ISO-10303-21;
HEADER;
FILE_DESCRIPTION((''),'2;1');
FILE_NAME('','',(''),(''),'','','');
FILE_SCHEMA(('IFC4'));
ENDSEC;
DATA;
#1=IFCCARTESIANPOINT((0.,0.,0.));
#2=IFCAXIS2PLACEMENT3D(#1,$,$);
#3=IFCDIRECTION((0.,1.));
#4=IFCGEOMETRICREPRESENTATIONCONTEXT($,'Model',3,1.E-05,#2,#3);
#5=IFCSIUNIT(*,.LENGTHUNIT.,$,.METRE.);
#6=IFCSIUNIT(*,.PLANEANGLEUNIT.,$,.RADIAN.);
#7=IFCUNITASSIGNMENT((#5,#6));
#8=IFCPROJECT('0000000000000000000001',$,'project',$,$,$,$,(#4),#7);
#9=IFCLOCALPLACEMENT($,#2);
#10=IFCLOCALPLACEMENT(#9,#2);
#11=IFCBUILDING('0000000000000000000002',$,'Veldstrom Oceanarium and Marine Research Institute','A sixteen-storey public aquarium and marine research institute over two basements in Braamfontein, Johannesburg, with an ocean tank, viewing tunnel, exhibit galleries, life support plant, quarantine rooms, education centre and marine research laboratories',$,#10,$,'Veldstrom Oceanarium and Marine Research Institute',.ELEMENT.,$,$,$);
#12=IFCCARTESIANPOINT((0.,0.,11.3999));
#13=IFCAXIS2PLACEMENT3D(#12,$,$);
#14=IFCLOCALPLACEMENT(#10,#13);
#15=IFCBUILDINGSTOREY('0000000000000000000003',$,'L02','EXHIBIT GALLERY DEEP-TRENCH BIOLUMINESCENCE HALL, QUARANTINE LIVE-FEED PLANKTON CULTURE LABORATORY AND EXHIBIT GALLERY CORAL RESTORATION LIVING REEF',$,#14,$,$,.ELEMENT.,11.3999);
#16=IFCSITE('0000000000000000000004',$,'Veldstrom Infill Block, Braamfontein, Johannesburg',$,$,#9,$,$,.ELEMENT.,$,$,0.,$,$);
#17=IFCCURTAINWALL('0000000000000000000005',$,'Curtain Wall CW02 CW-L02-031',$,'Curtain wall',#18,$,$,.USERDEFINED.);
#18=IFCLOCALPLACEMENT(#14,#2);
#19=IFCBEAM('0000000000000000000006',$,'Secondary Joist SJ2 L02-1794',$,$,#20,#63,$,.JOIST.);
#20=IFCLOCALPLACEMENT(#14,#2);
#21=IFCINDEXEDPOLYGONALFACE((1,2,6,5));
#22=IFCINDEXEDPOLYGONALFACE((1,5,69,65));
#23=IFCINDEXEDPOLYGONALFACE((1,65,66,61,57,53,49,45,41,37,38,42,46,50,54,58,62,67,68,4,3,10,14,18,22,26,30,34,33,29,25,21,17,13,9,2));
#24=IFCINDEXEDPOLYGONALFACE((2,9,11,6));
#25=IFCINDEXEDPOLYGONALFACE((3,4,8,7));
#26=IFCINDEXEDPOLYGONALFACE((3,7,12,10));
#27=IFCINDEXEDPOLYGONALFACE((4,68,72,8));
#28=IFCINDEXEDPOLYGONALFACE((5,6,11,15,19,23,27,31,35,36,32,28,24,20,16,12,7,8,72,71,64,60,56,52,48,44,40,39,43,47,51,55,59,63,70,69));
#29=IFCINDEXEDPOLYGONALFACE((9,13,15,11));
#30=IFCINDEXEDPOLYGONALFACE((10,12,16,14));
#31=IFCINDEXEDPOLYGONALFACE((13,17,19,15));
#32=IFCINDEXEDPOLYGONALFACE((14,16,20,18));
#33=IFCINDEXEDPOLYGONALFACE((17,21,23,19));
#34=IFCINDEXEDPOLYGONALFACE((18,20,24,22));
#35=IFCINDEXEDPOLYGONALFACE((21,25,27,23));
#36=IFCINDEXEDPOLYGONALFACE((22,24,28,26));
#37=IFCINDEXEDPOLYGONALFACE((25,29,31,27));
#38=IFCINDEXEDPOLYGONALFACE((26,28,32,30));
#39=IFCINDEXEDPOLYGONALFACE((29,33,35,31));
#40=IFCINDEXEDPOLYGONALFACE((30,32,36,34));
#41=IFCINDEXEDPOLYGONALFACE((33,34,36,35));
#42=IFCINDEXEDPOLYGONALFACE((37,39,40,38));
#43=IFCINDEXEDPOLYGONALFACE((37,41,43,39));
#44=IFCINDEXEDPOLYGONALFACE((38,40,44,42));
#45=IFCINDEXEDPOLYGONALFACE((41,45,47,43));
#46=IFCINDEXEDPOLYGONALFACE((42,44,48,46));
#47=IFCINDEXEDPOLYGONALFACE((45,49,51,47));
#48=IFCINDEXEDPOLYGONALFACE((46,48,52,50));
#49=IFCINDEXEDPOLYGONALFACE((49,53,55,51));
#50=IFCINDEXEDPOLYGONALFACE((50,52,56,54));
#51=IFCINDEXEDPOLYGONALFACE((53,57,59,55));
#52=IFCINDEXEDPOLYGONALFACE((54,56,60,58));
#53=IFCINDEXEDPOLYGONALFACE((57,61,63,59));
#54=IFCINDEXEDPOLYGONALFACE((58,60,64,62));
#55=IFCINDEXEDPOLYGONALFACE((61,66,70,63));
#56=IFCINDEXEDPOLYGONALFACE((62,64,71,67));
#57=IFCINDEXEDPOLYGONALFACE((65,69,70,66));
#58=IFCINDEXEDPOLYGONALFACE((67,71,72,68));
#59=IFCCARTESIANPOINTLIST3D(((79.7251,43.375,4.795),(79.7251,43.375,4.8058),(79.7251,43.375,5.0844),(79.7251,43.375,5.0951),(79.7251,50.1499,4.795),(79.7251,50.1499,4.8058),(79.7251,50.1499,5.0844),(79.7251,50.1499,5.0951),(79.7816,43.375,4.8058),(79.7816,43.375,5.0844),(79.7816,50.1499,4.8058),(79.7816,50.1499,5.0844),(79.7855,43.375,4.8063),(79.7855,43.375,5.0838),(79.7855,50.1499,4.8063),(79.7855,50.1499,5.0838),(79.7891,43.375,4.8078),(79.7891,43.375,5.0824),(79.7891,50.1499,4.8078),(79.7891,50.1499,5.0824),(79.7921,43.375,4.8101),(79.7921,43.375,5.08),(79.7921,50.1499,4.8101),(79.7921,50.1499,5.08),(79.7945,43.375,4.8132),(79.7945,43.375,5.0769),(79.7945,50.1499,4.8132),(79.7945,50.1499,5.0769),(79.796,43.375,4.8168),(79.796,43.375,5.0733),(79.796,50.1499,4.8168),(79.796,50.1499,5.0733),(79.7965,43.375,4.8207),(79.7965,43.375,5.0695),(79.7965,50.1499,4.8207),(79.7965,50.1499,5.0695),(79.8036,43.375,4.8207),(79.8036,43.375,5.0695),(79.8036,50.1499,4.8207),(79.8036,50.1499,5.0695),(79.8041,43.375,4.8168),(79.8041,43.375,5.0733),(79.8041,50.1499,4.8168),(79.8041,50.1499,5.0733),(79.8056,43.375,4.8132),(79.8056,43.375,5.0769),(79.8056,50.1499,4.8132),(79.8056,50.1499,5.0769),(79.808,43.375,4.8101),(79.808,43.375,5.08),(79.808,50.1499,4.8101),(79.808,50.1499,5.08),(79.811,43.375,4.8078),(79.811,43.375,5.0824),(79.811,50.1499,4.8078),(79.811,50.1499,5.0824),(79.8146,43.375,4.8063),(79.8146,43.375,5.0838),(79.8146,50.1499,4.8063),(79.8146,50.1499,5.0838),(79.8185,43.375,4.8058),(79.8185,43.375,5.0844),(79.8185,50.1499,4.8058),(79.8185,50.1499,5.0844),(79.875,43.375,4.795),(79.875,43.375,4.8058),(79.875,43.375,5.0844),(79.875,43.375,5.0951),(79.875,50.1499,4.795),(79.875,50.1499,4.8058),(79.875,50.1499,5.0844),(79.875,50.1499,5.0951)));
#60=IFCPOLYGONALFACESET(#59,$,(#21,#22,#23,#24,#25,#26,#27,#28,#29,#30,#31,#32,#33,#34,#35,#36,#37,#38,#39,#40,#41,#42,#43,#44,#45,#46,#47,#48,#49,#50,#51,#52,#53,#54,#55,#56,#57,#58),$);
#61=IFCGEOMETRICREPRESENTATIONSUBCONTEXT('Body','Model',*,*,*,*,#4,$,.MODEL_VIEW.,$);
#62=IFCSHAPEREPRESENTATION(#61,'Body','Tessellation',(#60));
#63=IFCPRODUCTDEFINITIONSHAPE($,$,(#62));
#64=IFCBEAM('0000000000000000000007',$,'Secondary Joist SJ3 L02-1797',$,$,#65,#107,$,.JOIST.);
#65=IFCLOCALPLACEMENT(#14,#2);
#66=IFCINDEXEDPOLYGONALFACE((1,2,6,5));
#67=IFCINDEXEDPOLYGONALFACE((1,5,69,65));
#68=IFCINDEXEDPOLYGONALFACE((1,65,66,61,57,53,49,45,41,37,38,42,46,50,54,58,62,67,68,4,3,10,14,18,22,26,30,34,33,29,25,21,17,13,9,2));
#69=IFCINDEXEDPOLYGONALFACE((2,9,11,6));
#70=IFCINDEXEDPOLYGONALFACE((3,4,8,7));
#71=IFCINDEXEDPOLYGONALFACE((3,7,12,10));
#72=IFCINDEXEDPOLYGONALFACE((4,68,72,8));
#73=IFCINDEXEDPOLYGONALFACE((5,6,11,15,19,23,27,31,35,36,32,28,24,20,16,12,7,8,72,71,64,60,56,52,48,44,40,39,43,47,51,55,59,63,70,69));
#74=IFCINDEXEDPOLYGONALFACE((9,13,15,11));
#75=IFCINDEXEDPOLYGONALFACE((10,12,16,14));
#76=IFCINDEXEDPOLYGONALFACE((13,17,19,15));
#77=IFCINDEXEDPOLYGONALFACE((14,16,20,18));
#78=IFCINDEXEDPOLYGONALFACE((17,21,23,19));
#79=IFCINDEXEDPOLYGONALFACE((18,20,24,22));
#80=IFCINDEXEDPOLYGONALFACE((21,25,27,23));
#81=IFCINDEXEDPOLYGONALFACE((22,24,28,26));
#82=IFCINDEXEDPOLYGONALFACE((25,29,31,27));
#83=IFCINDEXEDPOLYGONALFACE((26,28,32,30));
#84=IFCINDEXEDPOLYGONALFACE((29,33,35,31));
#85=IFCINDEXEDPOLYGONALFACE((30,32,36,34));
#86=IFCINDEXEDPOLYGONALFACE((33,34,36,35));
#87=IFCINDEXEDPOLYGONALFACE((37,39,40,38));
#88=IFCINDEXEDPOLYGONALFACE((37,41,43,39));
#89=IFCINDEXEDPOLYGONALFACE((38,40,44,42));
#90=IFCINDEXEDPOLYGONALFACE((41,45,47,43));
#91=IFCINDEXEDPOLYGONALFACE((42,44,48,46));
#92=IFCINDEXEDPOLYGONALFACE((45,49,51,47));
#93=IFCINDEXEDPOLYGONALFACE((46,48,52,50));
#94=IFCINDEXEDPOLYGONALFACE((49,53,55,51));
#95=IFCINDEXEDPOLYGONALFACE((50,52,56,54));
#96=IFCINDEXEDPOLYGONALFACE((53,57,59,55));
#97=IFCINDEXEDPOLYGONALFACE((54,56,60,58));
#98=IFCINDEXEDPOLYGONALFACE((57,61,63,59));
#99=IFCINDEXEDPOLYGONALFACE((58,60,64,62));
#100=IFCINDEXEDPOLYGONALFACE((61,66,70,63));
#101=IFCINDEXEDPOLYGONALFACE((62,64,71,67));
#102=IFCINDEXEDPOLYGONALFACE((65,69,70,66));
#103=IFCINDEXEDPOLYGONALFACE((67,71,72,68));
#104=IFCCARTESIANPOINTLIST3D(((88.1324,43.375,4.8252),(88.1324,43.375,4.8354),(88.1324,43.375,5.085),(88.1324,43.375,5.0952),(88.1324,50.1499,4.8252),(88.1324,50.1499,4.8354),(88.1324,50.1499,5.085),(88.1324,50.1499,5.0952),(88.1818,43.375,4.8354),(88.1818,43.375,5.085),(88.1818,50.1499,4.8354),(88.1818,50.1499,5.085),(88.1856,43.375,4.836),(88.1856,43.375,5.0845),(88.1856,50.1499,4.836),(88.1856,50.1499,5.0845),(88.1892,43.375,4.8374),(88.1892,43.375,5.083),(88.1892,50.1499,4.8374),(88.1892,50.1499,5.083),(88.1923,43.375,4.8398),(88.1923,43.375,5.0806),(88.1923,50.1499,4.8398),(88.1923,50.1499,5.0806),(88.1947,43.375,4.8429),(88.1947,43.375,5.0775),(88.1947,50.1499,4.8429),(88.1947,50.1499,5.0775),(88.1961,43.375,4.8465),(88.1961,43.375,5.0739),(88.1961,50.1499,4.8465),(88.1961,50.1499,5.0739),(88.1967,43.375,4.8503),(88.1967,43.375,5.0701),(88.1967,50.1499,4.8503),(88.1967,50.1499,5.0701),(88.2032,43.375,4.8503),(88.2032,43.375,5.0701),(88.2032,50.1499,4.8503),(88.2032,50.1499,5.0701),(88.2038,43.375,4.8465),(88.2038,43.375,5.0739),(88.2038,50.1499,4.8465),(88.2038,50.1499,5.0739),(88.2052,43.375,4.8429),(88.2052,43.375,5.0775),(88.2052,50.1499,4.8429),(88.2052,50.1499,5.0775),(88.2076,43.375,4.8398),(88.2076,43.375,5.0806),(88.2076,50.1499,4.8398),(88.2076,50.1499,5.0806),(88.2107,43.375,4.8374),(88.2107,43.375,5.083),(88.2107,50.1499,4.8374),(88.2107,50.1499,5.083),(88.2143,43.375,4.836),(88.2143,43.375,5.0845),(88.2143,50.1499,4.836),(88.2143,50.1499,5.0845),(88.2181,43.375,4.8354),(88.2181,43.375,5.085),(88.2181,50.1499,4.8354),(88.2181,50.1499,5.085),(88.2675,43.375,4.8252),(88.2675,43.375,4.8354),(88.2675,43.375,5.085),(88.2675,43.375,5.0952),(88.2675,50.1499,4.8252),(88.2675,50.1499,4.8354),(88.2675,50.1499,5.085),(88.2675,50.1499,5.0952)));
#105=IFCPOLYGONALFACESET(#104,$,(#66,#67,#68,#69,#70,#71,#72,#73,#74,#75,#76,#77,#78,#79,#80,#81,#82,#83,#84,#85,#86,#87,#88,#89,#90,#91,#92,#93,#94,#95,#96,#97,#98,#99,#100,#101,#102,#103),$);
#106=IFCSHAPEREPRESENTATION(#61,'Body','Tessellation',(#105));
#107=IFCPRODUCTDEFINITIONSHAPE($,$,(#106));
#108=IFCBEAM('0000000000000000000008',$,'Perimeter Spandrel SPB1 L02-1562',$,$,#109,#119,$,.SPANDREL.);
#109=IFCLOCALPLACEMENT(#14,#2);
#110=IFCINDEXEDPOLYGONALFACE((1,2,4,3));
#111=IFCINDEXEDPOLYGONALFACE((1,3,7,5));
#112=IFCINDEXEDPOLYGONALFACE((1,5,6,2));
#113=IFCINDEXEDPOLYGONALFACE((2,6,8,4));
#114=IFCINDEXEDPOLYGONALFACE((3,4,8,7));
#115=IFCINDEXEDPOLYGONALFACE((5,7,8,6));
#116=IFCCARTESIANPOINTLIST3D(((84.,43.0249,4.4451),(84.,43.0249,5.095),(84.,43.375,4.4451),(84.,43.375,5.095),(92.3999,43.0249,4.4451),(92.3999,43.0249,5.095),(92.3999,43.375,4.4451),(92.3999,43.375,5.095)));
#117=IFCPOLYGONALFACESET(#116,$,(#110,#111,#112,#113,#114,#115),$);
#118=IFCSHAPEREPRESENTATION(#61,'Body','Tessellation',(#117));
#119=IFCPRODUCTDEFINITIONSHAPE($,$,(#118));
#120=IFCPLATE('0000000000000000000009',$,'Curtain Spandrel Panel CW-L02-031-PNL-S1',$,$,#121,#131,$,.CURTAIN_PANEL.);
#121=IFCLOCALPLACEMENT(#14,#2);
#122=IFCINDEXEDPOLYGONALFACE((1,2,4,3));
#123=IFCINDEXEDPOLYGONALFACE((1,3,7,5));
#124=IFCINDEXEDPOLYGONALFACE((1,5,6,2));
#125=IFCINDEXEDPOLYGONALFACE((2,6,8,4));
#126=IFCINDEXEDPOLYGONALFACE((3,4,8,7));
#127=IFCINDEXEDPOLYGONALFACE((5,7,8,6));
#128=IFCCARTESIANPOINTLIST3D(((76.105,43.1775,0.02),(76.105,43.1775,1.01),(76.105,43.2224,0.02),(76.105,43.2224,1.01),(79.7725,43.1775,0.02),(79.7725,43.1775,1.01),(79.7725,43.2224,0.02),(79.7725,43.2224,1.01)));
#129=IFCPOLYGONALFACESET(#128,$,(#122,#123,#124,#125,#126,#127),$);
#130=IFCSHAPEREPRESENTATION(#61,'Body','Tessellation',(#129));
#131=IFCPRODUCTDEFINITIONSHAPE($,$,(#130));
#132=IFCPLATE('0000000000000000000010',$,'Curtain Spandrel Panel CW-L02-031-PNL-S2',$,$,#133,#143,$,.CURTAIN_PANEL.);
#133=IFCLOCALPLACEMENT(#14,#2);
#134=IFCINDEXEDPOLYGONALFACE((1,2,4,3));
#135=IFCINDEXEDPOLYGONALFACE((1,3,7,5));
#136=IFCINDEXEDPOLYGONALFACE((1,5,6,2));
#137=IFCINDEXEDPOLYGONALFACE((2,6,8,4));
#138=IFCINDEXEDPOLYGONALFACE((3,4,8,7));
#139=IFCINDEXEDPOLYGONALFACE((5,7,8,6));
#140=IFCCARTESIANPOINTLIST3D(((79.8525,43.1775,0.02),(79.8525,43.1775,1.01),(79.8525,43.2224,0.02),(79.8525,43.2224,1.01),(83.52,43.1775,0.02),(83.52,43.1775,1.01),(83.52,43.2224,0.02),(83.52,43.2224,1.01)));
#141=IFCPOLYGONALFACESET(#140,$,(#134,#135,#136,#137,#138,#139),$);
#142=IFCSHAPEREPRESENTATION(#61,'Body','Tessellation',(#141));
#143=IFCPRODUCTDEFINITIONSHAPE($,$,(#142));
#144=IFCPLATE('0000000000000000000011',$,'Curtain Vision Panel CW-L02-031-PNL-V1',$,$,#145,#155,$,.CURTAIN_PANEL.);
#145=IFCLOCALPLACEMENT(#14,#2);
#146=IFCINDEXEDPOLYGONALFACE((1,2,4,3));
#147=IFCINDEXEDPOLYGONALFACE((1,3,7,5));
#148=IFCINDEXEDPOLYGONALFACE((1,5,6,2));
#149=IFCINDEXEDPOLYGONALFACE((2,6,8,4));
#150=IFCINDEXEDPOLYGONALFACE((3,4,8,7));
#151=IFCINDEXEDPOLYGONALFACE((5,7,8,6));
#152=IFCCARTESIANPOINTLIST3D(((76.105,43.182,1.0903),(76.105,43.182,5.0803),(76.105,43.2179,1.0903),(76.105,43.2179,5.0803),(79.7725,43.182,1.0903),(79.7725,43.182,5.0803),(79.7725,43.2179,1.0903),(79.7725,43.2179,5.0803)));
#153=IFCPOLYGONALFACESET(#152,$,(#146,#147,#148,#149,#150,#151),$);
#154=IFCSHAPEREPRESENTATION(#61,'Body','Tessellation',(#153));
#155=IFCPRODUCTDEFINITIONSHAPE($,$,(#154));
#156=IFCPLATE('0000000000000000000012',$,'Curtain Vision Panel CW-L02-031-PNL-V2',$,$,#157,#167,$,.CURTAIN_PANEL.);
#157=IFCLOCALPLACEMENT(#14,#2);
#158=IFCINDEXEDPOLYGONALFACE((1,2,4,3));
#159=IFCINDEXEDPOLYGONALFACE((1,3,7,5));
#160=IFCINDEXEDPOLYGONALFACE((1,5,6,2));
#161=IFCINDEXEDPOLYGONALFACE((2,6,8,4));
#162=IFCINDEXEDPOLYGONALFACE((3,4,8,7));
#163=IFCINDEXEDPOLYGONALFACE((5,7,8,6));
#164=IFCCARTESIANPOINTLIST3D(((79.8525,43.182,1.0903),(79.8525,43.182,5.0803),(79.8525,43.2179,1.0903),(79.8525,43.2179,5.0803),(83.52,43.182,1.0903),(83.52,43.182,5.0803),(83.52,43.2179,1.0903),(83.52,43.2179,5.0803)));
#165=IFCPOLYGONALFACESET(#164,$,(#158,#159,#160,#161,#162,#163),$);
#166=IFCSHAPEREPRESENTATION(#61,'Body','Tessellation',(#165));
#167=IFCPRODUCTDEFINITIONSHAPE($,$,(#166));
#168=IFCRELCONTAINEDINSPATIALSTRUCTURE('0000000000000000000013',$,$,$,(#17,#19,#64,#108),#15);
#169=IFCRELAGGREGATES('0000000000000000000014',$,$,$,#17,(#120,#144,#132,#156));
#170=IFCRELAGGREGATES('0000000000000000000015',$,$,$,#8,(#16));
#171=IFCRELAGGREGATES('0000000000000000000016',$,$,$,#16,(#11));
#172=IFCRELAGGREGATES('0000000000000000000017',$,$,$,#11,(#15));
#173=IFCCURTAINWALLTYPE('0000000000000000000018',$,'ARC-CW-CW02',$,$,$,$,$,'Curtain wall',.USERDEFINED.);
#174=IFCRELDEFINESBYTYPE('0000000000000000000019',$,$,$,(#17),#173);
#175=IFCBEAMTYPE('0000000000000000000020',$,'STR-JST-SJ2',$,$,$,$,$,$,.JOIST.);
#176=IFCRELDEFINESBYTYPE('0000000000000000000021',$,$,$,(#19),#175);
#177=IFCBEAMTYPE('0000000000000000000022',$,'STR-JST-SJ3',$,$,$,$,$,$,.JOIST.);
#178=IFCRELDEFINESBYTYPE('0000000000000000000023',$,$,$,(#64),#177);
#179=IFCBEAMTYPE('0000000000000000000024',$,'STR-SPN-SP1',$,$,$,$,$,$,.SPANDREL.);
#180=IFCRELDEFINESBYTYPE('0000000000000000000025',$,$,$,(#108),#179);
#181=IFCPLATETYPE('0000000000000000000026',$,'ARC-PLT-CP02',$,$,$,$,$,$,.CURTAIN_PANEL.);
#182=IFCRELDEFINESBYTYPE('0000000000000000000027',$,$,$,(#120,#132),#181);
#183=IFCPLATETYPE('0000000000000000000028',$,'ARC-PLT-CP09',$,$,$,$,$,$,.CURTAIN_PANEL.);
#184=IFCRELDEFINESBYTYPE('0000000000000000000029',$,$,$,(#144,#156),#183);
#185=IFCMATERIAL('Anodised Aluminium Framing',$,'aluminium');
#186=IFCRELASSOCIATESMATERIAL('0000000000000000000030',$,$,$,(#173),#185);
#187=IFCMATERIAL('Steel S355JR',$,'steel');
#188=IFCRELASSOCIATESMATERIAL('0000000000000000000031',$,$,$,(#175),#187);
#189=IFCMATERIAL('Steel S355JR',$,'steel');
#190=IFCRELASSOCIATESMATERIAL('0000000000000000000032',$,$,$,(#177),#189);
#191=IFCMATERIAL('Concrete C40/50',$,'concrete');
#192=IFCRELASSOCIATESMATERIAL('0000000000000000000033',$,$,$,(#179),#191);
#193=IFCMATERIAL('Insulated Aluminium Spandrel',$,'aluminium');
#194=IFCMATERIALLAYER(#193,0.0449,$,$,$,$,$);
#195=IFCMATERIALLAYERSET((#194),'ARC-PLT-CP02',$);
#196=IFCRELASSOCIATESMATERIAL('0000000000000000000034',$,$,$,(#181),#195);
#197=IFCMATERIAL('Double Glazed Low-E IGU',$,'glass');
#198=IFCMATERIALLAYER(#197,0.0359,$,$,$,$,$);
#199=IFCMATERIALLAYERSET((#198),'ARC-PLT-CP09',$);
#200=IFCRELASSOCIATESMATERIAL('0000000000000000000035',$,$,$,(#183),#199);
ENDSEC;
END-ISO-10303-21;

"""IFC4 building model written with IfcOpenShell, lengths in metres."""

from ifc_helpers import new_model, si_unit, direction, frame, origin, origin_2d, place, context, subcontext, project, spatial, rectangle, i_section, extrude, material, layer, layer_set, material_profile, profile_set, type_object, element, aggregate, save


model = new_model("IFC4")

# Units and contexts
model_context = context("Model", 3, precision=1e-05, world=origin(), true_north=direction((0.0, 1.0)))
body_context = subcontext(model_context, "Body", "Model", "MODEL_VIEW")
ifc_project = project(units=[si_unit("LENGTHUNIT", "METRE"), si_unit("PLANEANGLEUNIT", "RADIAN")], contexts=[model_context])

# Site, building, storey
site_placement = place(None, origin())
site = spatial("IfcSite", under=ifc_project, at=site_placement, Name="Veldstrom Infill Block, Braamfontein, Johannesburg", CompositionType="ELEMENT", RefElevation=0.0)
building_placement = place(site_placement, origin())
building = spatial("IfcBuilding", under=site, at=building_placement, Name="Veldstrom Oceanarium and Marine Research Institute", Description="A sixteen-storey public aquarium and marine research institute over two basements in Braamfontein, Johannesburg, with an ocean tank, viewing tunnel, exhibit galleries, life support plant, quarantine rooms, education centre and marine research laboratories", LongName="Veldstrom Oceanarium and Marine Research Institute", CompositionType="ELEMENT")
storey_placement = place(building_placement, frame((0.0, 0.0, 11.3999)))
storey = spatial("IfcBuildingStorey", under=building, at=storey_placement, Name="L02", Description="EXHIBIT GALLERY DEEP-TRENCH BIOLUMINESCENCE HALL, QUARANTINE LIVE-FEED PLANKTON CULTURE LABORATORY AND EXHIBIT GALLERY CORAL RESTORATION LIVING REEF", CompositionType="ELEMENT", Elevation=11.3999)

# Curtain wall
ifc_material_1 = material(Name="Anodised Aluminium Framing", Category="aluminium")
curtain_wall_type = type_object("IfcCurtainWallType", Name="ARC-CW-CW02", ElementType="Curtain wall", PredefinedType="USERDEFINED", material=ifc_material_1)
curtain_wall_placement = place(storey_placement, origin())
curtain_wall = element("IfcCurtainWall", 1, at=curtain_wall_placement, inside=storey, type_object=curtain_wall_type, Name="Curtain Wall CW02 CW-L02-031", ObjectType="Curtain wall", PredefinedType="USERDEFINED")

# Beams
ifc_material_2 = material(Name="Steel S355JR", Category="steel")
ifc_material_profile_1 = material_profile(ifc_material_2, i_section(OverallWidth=0.1499, OverallDepth=0.3, WebThickness=0.0071, FlangeThickness=0.0107, FilletRadius=0.0149, at=origin_2d()), Name="IPE 300")
ifc_profile_set_1 = profile_set([ifc_material_profile_1], Name="Steel S355JR")
beam_type_1 = type_object("IfcBeamType", Name="STR-JST-SJ2", PredefinedType="JOIST", material=ifc_profile_set_1)
beam_1_placement = place(storey_placement, frame((79.8, 43.375, 4.9451), z_axis=(0.0, 1.0, 0.0), x_axis=(-1.0, 0.0, 0.0)))
element("IfcBeam", 2, at=beam_1_placement, inside=storey, type_object=beam_type_1, Name="Secondary Joist SJ2 L02-1794", PredefinedType="JOIST", context=body_context, shape_type="SweptSolid", body=[
    extrude(i_section(OverallWidth=0.1499, OverallDepth=0.3, WebThickness=0.0071, FlangeThickness=0.0107, FilletRadius=0.0149, at=origin_2d()), origin(), (0.0, 0.0, 1.0), 6.7749),
])
ifc_material_3 = material(Name="Steel S355JR", Category="steel")
ifc_material_profile_2 = material_profile(ifc_material_3, i_section(OverallWidth=0.135, OverallDepth=0.27, WebThickness=0.0066, FlangeThickness=0.0103, FilletRadius=0.0149, at=origin_2d()), Name="IPE 270")
ifc_profile_set_2 = profile_set([ifc_material_profile_2], Name="Steel S355JR")
beam_type_2 = type_object("IfcBeamType", Name="STR-JST-SJ3", PredefinedType="JOIST", material=ifc_profile_set_2)
beam_2_placement = place(storey_placement, frame((88.2, 43.375, 4.9602), z_axis=(0.0, 1.0, 0.0), x_axis=(-1.0, 0.0, 0.0)))
element("IfcBeam", 3, at=beam_2_placement, inside=storey, type_object=beam_type_2, Name="Secondary Joist SJ3 L02-1797", PredefinedType="JOIST", context=body_context, shape_type="SweptSolid", body=[
    extrude(i_section(OverallWidth=0.135, OverallDepth=0.27, WebThickness=0.0066, FlangeThickness=0.0103, FilletRadius=0.0149, at=origin_2d()), origin(), (0.0, 0.0, 1.0), 6.7749),
])
ifc_material_4 = material(Name="Concrete C40/50", Category="concrete")
ifc_material_profile_3 = material_profile(ifc_material_4, rectangle(XDim=0.3501, YDim=0.6499, at=origin_2d()), Name="RC-SPN-350x650")
ifc_profile_set_3 = profile_set([ifc_material_profile_3], Name="Concrete C40/50")
beam_type_3 = type_object("IfcBeamType", Name="STR-SPN-SP1", PredefinedType="SPANDREL", material=ifc_profile_set_3)
beam_3_placement = place(storey_placement, frame((84.0, 43.2, 4.77), z_axis=(1.0, 0.0, 0.0), x_axis=(0.0, 1.0, 0.0)))
element("IfcBeam", 4, at=beam_3_placement, inside=storey, type_object=beam_type_3, Name="Perimeter Spandrel SPB1 L02-1562", PredefinedType="SPANDREL", context=body_context, shape_type="SweptSolid", body=[
    extrude(rectangle(XDim=0.3501, YDim=0.6499, at=origin_2d()), origin(), (0.0, 0.0, 1.0), 8.3999),
])

# Plates
ifc_material_5 = material(Name="Insulated Aluminium Spandrel", Category="aluminium")
ifc_layer_1 = layer(ifc_material_5, 0.0449)
ifc_layer_set_1 = layer_set([ifc_layer_1], Name="ARC-PLT-CP02")
plate_type_1 = type_object("IfcPlateType", Name="ARC-PLT-CP02", PredefinedType="CURTAIN_PANEL", material=ifc_layer_set_1)
plate_1_placement = place(storey_placement, frame((77.9387, 43.2, 0.02), z_axis=(0.0, 0.0, 1.0), x_axis=(1.0, 0.0, 0.0)))
plate_1 = element("IfcPlate", 5, at=plate_1_placement, type_object=plate_type_1, Name="Curtain Spandrel Panel CW-L02-031-PNL-S1", PredefinedType="CURTAIN_PANEL", context=body_context, shape_type="SweptSolid", body=[
    extrude(rectangle(XDim=3.6675, YDim=0.0449, at=origin_2d()), origin(), (0.0, 0.0, 1.0), 0.99),
])
plate_2_placement = place(storey_placement, frame((81.6863, 43.2, 0.02), z_axis=(0.0, 0.0, 1.0), x_axis=(1.0, 0.0, 0.0)))
plate_2 = element("IfcPlate", 6, at=plate_2_placement, type_object=plate_type_1, Name="Curtain Spandrel Panel CW-L02-031-PNL-S2", PredefinedType="CURTAIN_PANEL", context=body_context, shape_type="SweptSolid", body=[
    extrude(rectangle(XDim=3.6675, YDim=0.0449, at=origin_2d()), origin(), (0.0, 0.0, 1.0), 0.99),
])
ifc_material_6 = material(Name="Double Glazed Low-E IGU", Category="glass")
ifc_layer_2 = layer(ifc_material_6, 0.0359)
ifc_layer_set_2 = layer_set([ifc_layer_2], Name="ARC-PLT-CP09")
plate_type_2 = type_object("IfcPlateType", Name="ARC-PLT-CP09", PredefinedType="CURTAIN_PANEL", material=ifc_layer_set_2)
plate_3_placement = place(storey_placement, frame((77.9387, 43.2, 1.0903), z_axis=(0.0, 0.0, 1.0), x_axis=(1.0, 0.0, 0.0)))
plate_3 = element("IfcPlate", 7, at=plate_3_placement, type_object=plate_type_2, Name="Curtain Vision Panel CW-L02-031-PNL-V1", PredefinedType="CURTAIN_PANEL", context=body_context, shape_type="SweptSolid", body=[
    extrude(rectangle(XDim=3.6675, YDim=0.0359, at=origin_2d()), origin(), (0.0, 0.0, 1.0), 3.99),
])
plate_4_placement = place(storey_placement, frame((81.6863, 43.2, 1.0903), z_axis=(0.0, 0.0, 1.0), x_axis=(1.0, 0.0, 0.0)))
plate_4 = element("IfcPlate", 8, at=plate_4_placement, type_object=plate_type_2, Name="Curtain Vision Panel CW-L02-031-PNL-V2", PredefinedType="CURTAIN_PANEL", context=body_context, shape_type="SweptSolid", body=[
    extrude(rectangle(XDim=3.6675, YDim=0.0359, at=origin_2d()), origin(), (0.0, 0.0, 1.0), 3.99),
])
aggregate(curtain_wall, [plate_1, plate_3, plate_2, plate_4])

save(model, "model.ifc")
